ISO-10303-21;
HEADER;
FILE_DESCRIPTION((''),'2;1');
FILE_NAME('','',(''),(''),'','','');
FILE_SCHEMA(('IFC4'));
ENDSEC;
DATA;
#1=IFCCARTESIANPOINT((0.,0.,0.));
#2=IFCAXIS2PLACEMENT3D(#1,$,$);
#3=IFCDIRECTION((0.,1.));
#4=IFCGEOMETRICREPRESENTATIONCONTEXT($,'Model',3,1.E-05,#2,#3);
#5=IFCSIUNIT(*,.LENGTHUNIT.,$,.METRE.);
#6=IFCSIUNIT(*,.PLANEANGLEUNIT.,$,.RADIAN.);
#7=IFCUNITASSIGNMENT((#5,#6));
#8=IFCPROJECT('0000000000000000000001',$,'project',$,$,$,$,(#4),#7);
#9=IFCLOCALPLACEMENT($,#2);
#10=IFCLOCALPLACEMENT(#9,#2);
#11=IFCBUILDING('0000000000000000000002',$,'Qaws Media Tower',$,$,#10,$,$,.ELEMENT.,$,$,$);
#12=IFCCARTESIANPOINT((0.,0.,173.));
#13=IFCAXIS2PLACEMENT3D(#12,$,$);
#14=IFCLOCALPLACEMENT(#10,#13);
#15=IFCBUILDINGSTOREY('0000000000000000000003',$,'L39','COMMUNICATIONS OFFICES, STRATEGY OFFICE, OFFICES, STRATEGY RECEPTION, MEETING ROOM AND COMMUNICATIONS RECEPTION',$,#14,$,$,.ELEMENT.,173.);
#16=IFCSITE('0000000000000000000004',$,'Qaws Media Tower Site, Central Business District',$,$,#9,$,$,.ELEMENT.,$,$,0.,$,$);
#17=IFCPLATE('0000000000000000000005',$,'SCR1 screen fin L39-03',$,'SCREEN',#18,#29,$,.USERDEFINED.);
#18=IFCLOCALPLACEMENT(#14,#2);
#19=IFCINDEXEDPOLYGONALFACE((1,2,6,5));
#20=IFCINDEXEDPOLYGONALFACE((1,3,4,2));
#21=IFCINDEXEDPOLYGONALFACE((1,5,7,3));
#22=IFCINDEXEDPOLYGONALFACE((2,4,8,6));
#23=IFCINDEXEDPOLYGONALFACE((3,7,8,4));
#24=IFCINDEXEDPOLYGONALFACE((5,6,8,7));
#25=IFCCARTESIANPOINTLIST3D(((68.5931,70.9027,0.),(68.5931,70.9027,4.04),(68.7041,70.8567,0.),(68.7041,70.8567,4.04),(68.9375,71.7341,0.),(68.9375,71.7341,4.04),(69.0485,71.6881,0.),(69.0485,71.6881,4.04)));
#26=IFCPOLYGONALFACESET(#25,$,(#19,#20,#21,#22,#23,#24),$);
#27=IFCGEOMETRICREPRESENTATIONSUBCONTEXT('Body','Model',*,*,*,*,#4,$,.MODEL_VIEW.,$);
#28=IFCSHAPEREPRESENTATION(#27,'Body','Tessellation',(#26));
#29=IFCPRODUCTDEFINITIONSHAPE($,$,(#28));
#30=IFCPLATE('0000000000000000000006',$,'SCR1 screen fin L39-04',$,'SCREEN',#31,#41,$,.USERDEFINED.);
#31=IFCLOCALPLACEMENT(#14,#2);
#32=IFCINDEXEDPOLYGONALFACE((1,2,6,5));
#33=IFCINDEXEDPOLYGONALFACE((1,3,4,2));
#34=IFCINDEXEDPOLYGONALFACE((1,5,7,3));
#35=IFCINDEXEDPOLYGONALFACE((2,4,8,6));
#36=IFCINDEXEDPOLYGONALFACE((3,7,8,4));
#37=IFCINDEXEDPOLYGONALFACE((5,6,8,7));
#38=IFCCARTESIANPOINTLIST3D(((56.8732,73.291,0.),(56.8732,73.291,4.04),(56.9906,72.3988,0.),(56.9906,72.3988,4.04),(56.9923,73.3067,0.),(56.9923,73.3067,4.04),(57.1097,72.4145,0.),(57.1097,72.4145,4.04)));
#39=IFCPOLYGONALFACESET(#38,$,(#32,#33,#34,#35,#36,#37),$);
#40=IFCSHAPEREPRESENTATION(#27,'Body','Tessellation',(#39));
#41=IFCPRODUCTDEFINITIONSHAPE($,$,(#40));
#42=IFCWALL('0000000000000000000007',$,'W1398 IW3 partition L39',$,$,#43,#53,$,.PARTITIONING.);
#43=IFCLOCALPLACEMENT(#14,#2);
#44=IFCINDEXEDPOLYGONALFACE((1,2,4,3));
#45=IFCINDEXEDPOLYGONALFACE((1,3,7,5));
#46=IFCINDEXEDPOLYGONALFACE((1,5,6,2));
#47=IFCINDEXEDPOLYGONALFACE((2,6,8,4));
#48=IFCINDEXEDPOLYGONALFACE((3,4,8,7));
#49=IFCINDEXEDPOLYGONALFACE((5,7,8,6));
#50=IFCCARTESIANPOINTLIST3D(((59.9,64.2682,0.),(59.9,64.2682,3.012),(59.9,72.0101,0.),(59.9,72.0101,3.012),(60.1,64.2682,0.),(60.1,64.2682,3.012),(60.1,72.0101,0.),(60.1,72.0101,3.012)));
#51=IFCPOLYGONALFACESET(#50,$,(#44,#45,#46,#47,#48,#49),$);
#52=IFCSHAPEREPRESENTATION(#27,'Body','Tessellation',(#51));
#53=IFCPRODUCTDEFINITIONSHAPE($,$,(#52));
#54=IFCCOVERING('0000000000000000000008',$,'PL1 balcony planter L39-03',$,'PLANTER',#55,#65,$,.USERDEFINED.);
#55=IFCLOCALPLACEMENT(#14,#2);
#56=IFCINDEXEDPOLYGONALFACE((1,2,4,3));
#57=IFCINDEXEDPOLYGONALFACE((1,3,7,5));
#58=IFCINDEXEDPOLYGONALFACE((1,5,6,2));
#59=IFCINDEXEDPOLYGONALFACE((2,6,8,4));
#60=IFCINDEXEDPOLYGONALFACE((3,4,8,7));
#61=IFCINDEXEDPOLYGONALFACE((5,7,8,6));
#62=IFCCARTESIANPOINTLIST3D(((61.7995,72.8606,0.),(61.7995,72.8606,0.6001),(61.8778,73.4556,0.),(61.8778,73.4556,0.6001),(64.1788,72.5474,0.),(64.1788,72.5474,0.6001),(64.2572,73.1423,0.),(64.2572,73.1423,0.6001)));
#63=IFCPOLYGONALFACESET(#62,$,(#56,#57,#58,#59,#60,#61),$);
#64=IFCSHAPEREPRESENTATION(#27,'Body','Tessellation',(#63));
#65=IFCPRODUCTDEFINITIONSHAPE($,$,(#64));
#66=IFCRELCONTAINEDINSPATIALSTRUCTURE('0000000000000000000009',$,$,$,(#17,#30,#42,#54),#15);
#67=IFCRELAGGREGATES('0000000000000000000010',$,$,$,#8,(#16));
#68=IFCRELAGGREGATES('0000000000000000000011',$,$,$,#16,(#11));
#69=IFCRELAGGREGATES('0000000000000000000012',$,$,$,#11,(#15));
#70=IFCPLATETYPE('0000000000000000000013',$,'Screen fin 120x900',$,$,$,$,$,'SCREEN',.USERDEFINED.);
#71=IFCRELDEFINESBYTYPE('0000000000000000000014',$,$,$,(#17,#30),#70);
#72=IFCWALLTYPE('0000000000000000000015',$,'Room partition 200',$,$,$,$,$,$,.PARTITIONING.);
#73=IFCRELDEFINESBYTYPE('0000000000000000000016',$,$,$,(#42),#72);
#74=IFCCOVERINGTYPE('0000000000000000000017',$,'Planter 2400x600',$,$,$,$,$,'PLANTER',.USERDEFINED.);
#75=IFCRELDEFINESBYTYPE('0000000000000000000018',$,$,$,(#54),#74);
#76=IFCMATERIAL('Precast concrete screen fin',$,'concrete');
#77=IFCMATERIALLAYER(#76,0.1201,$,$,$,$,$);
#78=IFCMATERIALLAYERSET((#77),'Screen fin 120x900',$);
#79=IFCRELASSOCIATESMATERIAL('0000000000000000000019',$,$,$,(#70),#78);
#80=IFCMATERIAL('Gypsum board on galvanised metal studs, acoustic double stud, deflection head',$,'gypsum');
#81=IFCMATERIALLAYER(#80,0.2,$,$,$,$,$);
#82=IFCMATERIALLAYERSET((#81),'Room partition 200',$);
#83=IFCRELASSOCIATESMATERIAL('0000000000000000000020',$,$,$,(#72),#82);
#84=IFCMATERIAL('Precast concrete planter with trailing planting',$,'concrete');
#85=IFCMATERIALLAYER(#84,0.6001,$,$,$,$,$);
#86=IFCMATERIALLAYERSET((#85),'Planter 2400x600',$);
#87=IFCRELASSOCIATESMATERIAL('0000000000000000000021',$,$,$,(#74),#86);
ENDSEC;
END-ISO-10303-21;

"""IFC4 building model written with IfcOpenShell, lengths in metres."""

from ifc_helpers import new_model, si_unit, direction, frame, frame_2d, origin, origin_2d, place, context, subcontext, project, spatial, rectangle, extrude, material, layer, layer_set, type_object, element, save


model = new_model("IFC4")

# Units and contexts
model_context = context("Model", 3, precision=1e-05, world=origin(), true_north=direction((0.0, 1.0)))
body_context = subcontext(model_context, "Body", "Model", "MODEL_VIEW")
ifc_project = project(units=[si_unit("LENGTHUNIT", "METRE"), si_unit("PLANEANGLEUNIT", "RADIAN")], contexts=[model_context])

# Site, building, storey
site_placement = place(None, origin())
site = spatial("IfcSite", under=ifc_project, at=site_placement, Name="Qaws Media Tower Site, Central Business District", CompositionType="ELEMENT", RefElevation=0.0)
building_placement = place(site_placement, origin())
building = spatial("IfcBuilding", under=site, at=building_placement, Name="Qaws Media Tower", CompositionType="ELEMENT")
storey_placement = place(building_placement, frame((0.0, 0.0, 173.0)))
storey = spatial("IfcBuildingStorey", under=building, at=storey_placement, Name="L39", Description="COMMUNICATIONS OFFICES, STRATEGY OFFICE, OFFICES, STRATEGY RECEPTION, MEETING ROOM AND COMMUNICATIONS RECEPTION", CompositionType="ELEMENT", Elevation=173.0)

# Plates
ifc_material_1 = material(Name="Precast concrete screen fin", Category="concrete")
ifc_layer_1 = layer(ifc_material_1, 0.1201)
ifc_layer_set_1 = layer_set([ifc_layer_1], Name="Screen fin 120x900")
plate_type_1 = type_object("IfcPlateType", Name="Screen fin 120x900", ElementType="SCREEN", PredefinedType="USERDEFINED", material=ifc_layer_set_1)
for number, where, z_axis, x_axis, name in (
    (1, (68.8208, 71.2954, 0.0), (0.0, 0.0, 1.0), (0.382683, 0.92388, 0.0), "SCR1 screen fin L39-03"),
    (2, (56.9915, 72.8528, 0.0), (0.0, 0.0, 1.0), (-0.130526, 0.991445, 0.0), "SCR1 screen fin L39-04"),
):
    element("IfcPlate", number, at=place(storey_placement, frame(where, z_axis=z_axis, x_axis=x_axis)), inside=storey, type_object=plate_type_1, Name=name, ObjectType="SCREEN", PredefinedType="USERDEFINED", context=body_context, shape_type="SweptSolid", body=[
        extrude(rectangle(XDim=0.8999, YDim=0.1201, at=origin_2d()), origin(), (0.0, 0.0, 1.0), 4.04),
    ])

# Wall
ifc_material_2 = material(Name="Gypsum board on galvanised metal studs, acoustic double stud, deflection head", Category="gypsum")
ifc_layer_2 = layer(ifc_material_2, 0.2)
ifc_layer_set_2 = layer_set([ifc_layer_2], Name="Room partition 200")
wall_type_1 = type_object("IfcWallType", Name="Room partition 200", PredefinedType="PARTITIONING", material=ifc_layer_set_2)
wall_1_placement = place(storey_placement, frame((60.0, 64.2681, 0.0), z_axis=(0.0, 0.0, 1.0), x_axis=(0.0, 1.0, 0.0)))
element("IfcWall", 3, at=wall_1_placement, inside=storey, type_object=wall_type_1, Name="W1398 IW3 partition L39", PredefinedType="PARTITIONING", context=body_context, shape_type="SweptSolid", body=[
    extrude(rectangle(XDim=7.7419, YDim=0.2, at=frame_2d((3.8711, 0.0))), origin(), (0.0, 0.0, 1.0), 3.012),
])

# Covering
ifc_material_3 = material(Name="Precast concrete planter with trailing planting", Category="concrete")
ifc_layer_3 = layer(ifc_material_3, 0.6001)
ifc_layer_set_3 = layer_set([ifc_layer_3], Name="Planter 2400x600")
covering_type = type_object("IfcCoveringType", Name="Planter 2400x600", ElementType="PLANTER", PredefinedType="USERDEFINED", material=ifc_layer_set_3)
covering_placement = place(storey_placement, frame((63.0283, 73.0015, 0.0), z_axis=(0.0, 0.0, 1.0), x_axis=(-0.991445, 0.130526, 0.0)))
element("IfcCovering", 4, at=covering_placement, inside=storey, type_object=covering_type, Name="PL1 balcony planter L39-03", ObjectType="PLANTER", PredefinedType="USERDEFINED", context=body_context, shape_type="SweptSolid", body=[
    extrude(rectangle(XDim=2.3999, YDim=0.6001, at=origin_2d()), origin(), (0.0, 0.0, 1.0), 0.6001),
])

save(model, "model.ifc")
